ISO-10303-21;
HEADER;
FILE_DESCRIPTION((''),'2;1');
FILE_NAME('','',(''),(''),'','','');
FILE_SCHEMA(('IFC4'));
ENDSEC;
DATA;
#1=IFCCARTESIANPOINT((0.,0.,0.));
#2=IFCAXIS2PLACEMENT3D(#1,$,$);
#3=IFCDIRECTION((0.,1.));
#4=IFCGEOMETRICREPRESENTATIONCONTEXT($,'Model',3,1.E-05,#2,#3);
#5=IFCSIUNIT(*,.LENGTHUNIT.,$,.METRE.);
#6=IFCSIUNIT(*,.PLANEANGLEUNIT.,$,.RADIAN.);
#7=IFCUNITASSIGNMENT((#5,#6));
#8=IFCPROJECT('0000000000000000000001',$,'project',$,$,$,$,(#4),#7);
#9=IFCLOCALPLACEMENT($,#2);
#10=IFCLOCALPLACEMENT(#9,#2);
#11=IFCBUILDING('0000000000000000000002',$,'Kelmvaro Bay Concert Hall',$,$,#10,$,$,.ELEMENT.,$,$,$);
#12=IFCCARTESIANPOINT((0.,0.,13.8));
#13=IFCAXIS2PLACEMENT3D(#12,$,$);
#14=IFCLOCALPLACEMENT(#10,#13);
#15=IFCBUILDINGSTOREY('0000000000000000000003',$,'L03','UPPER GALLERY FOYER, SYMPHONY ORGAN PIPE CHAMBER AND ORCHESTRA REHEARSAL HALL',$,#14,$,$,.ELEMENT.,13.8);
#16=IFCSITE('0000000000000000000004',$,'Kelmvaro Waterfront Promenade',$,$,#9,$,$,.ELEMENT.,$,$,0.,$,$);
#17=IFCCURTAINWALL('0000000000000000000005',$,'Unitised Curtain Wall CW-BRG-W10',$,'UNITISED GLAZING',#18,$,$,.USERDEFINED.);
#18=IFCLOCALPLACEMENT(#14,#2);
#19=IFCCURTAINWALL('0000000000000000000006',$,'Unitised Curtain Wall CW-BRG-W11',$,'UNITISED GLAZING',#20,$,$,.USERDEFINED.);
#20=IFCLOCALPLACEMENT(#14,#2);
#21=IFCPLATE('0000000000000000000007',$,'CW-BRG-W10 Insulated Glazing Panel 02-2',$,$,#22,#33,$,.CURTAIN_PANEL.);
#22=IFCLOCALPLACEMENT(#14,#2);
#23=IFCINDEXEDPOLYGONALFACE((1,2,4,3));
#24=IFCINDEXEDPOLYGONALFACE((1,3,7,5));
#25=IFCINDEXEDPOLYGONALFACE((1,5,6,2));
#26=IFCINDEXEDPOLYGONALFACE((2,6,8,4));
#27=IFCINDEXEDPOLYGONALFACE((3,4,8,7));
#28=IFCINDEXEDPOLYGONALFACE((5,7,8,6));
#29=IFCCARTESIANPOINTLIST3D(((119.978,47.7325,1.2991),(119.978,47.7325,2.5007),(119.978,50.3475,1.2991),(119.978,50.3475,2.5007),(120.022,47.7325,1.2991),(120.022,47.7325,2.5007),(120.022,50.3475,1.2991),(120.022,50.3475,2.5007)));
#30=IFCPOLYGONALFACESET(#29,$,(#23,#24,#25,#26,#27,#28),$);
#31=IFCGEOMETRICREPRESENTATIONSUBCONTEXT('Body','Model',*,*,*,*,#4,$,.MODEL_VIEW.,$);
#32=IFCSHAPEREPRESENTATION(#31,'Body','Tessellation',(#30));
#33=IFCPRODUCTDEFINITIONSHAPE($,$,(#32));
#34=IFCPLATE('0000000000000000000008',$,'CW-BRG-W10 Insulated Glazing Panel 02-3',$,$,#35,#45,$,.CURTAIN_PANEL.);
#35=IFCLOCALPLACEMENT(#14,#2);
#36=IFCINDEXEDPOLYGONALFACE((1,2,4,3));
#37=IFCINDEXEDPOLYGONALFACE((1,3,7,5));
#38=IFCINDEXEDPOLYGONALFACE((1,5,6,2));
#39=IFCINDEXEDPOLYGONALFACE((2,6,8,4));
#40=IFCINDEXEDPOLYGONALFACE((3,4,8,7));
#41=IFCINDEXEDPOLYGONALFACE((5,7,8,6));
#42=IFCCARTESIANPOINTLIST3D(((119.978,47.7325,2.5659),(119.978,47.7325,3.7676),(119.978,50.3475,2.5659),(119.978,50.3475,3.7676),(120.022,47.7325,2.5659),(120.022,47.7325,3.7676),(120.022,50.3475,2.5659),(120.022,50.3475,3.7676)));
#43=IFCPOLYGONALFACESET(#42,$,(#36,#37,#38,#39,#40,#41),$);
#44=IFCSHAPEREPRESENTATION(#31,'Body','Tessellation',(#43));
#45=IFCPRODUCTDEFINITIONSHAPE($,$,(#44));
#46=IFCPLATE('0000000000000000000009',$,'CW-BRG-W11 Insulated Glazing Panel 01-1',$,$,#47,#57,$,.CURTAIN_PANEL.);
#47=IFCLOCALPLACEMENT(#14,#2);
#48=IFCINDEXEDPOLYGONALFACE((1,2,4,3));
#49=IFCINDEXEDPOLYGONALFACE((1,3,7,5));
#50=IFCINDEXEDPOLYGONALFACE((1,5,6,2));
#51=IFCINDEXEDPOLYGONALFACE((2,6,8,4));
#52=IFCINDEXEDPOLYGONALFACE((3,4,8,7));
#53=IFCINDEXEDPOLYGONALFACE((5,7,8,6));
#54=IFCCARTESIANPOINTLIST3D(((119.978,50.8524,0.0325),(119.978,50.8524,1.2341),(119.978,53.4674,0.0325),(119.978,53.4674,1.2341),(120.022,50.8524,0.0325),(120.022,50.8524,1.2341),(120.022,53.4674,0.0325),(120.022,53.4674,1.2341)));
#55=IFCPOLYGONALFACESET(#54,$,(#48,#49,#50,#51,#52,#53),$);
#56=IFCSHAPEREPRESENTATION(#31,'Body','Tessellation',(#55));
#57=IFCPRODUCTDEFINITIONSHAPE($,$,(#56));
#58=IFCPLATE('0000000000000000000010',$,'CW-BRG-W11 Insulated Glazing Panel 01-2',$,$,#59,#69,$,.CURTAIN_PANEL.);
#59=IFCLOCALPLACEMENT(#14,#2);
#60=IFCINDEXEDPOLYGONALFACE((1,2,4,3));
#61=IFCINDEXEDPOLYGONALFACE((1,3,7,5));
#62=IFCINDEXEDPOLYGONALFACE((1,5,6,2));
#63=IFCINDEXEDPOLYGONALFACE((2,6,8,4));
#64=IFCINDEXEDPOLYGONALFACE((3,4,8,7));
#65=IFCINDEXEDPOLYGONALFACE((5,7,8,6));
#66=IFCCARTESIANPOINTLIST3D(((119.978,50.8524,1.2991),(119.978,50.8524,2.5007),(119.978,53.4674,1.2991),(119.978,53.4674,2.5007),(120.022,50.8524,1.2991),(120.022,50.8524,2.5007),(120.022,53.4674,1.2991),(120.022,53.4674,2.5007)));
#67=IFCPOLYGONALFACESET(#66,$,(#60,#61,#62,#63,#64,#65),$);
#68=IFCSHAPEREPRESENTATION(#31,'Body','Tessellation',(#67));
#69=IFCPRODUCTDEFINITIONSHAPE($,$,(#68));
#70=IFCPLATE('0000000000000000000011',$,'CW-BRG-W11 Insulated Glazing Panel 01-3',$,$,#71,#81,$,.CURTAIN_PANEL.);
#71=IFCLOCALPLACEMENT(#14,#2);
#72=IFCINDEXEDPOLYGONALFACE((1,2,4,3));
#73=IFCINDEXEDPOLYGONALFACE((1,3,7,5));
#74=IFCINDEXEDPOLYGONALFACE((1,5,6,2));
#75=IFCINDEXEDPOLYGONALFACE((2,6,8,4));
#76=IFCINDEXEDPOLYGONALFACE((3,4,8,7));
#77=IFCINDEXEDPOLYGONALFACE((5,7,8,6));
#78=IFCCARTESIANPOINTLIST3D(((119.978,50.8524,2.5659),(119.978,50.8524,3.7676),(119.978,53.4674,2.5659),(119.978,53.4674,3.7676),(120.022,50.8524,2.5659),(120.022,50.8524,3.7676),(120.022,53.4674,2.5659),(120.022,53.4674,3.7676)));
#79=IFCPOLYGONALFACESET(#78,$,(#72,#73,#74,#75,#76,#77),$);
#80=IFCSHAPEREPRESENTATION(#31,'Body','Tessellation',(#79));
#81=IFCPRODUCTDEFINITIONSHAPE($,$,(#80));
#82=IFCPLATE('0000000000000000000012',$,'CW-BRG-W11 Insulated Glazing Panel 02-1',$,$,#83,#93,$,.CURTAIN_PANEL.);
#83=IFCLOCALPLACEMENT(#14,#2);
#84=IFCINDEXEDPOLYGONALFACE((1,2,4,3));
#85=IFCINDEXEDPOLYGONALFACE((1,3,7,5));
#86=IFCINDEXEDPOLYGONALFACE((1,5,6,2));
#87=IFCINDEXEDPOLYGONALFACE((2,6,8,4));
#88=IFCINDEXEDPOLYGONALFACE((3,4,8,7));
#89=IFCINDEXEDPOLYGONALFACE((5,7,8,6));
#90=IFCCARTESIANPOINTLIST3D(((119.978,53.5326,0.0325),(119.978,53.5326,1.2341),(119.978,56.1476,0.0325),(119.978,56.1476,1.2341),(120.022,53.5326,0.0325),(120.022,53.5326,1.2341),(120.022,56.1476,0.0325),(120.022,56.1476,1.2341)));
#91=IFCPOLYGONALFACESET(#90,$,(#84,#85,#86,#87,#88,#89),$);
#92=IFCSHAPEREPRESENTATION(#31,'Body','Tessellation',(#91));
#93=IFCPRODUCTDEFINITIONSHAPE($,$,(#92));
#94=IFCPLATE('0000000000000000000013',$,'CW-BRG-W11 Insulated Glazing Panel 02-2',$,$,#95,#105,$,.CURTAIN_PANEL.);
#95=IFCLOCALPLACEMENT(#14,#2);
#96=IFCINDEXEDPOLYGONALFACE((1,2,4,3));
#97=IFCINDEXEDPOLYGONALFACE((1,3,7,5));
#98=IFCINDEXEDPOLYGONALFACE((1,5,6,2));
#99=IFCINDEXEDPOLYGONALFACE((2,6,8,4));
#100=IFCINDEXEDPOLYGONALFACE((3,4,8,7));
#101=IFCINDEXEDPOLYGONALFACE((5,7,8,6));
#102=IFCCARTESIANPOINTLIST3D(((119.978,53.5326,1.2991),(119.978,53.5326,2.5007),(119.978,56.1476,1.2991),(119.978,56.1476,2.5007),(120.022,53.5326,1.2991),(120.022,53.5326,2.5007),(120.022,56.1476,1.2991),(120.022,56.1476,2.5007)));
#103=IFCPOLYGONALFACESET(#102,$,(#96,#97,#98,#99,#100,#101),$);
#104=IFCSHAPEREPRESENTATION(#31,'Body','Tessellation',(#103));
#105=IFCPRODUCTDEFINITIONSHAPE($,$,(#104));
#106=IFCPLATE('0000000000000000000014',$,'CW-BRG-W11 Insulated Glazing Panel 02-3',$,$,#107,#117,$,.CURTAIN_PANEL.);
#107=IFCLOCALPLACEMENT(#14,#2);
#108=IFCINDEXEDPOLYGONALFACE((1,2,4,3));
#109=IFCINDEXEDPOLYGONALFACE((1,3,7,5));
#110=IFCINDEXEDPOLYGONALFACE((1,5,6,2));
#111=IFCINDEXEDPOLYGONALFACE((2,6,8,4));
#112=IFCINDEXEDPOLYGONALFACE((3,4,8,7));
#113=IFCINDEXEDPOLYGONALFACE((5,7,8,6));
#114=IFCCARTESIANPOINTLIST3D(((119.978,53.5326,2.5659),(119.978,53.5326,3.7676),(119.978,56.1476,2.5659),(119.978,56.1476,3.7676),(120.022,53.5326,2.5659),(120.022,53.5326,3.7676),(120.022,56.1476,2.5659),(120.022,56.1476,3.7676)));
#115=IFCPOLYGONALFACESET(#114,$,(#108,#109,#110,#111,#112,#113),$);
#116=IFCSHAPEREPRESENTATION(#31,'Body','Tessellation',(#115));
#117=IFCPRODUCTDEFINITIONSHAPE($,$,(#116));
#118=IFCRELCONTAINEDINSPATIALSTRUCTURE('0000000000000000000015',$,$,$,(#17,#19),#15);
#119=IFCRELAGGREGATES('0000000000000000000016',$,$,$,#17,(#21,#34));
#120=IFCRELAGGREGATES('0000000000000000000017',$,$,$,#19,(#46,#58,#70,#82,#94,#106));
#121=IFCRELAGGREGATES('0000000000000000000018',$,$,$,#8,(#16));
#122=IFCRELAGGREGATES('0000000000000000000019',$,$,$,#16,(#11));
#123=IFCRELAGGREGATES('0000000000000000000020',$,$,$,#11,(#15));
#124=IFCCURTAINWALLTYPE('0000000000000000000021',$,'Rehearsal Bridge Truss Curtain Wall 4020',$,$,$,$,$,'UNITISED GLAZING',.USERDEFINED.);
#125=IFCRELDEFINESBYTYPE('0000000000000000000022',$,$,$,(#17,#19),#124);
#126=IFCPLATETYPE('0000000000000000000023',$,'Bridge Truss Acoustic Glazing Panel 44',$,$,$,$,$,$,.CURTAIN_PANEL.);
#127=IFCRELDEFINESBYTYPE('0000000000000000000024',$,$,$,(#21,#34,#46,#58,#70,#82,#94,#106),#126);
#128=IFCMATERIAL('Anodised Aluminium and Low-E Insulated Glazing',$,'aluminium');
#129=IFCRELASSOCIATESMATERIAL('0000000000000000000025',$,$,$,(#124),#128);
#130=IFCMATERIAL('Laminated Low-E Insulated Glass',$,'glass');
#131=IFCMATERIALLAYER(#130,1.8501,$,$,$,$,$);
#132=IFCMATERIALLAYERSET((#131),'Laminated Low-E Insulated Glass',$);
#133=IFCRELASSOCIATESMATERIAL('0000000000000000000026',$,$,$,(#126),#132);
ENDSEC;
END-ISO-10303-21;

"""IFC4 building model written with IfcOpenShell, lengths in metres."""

from ifc_helpers import new_model, si_unit, direction, frame, origin, origin_2d, place, context, subcontext, project, spatial, rectangle, extrude, material, layer, layer_set, type_object, element, aggregate, save


model = new_model("IFC4")

# Units and contexts
model_context = context("Model", 3, precision=1e-05, world=origin(), true_north=direction((0.0, 1.0)))
body_context = subcontext(model_context, "Body", "Model", "MODEL_VIEW")
ifc_project = project(units=[si_unit("LENGTHUNIT", "METRE"), si_unit("PLANEANGLEUNIT", "RADIAN")], contexts=[model_context])

# Site, building, storey
site_placement = place(None, origin())
site = spatial("IfcSite", under=ifc_project, at=site_placement, Name="Kelmvaro Waterfront Promenade", CompositionType="ELEMENT", RefElevation=0.0)
building_placement = place(site_placement, origin())
building = spatial("IfcBuilding", under=site, at=building_placement, Name="Kelmvaro Bay Concert Hall", CompositionType="ELEMENT")
storey_placement = place(building_placement, frame((0.0, 0.0, 13.8)))
storey = spatial("IfcBuildingStorey", under=building, at=storey_placement, Name="L03", Description="UPPER GALLERY FOYER, SYMPHONY ORGAN PIPE CHAMBER AND ORCHESTRA REHEARSAL HALL", CompositionType="ELEMENT", Elevation=13.8)

# Curtain walls
ifc_material_1 = material(Name="Anodised Aluminium and Low-E Insulated Glazing", Category="aluminium")
curtain_wall_type = type_object("IfcCurtainWallType", Name="Rehearsal Bridge Truss Curtain Wall 4020", ElementType="UNITISED GLAZING", PredefinedType="USERDEFINED", material=ifc_material_1)
curtain_wall_1_placement = place(storey_placement, origin())
curtain_wall_1 = element("IfcCurtainWall", 1, at=curtain_wall_1_placement, inside=storey, type_object=curtain_wall_type, Name="Unitised Curtain Wall CW-BRG-W10", ObjectType="UNITISED GLAZING", PredefinedType="USERDEFINED")
curtain_wall_2_placement = place(storey_placement, origin())
curtain_wall_2 = element("IfcCurtainWall", 2, at=curtain_wall_2_placement, inside=storey, type_object=curtain_wall_type, Name="Unitised Curtain Wall CW-BRG-W11", ObjectType="UNITISED GLAZING", PredefinedType="USERDEFINED")

# Plates
ifc_material_2 = material(Name="Laminated Low-E Insulated Glass", Category="glass")
ifc_layer = layer(ifc_material_2, 1.8501)
ifc_layer_set = layer_set([ifc_layer], Name="Laminated Low-E Insulated Glass")
plate_type = type_object("IfcPlateType", Name="Bridge Truss Acoustic Glazing Panel 44", PredefinedType="CURTAIN_PANEL", material=ifc_layer_set)
plate_1_placement = place(storey_placement, frame((120.0, 49.04, 1.2991), z_axis=(0.0, 0.0, 1.0), x_axis=(0.0, 1.0, 0.0)))
plate_1 = element("IfcPlate", 3, at=plate_1_placement, type_object=plate_type, Name="CW-BRG-W10 Insulated Glazing Panel 02-2", PredefinedType="CURTAIN_PANEL", context=body_context, shape_type="SweptSolid", body=[
    extrude(rectangle(XDim=2.615, YDim=0.0439, at=origin_2d()), origin(), (0.0, 0.0, 1.0), 1.2017),
])
plate_2_placement = place(storey_placement, frame((120.0, 49.04, 2.5659), z_axis=(0.0, 0.0, 1.0), x_axis=(0.0, 1.0, 0.0)))
plate_2 = element("IfcPlate", 4, at=plate_2_placement, type_object=plate_type, Name="CW-BRG-W10 Insulated Glazing Panel 02-3", PredefinedType="CURTAIN_PANEL", context=body_context, shape_type="SweptSolid", body=[
    extrude(rectangle(XDim=2.615, YDim=0.0439, at=origin_2d()), origin(), (0.0, 0.0, 1.0), 1.2017),
])
aggregate(curtain_wall_1, [plate_1, plate_2])
plate_3_placement = place(storey_placement, frame((120.0, 52.1599, 0.0325), z_axis=(0.0, 0.0, 1.0), x_axis=(0.0, 1.0, 0.0)))
plate_3 = element("IfcPlate", 5, at=plate_3_placement, type_object=plate_type, Name="CW-BRG-W11 Insulated Glazing Panel 01-1", PredefinedType="CURTAIN_PANEL", context=body_context, shape_type="SweptSolid", body=[
    extrude(rectangle(XDim=2.615, YDim=0.0439, at=origin_2d()), origin(), (0.0, 0.0, 1.0), 1.2017),
])
plate_4_placement = place(storey_placement, frame((120.0, 52.1599, 1.2991), z_axis=(0.0, 0.0, 1.0), x_axis=(0.0, 1.0, 0.0)))
plate_4 = element("IfcPlate", 6, at=plate_4_placement, type_object=plate_type, Name="CW-BRG-W11 Insulated Glazing Panel 01-2", PredefinedType="CURTAIN_PANEL", context=body_context, shape_type="SweptSolid", body=[
    extrude(rectangle(XDim=2.615, YDim=0.0439, at=origin_2d()), origin(), (0.0, 0.0, 1.0), 1.2017),
])
plate_5_placement = place(storey_placement, frame((120.0, 52.1599, 2.5659), z_axis=(0.0, 0.0, 1.0), x_axis=(0.0, 1.0, 0.0)))
plate_5 = element("IfcPlate", 7, at=plate_5_placement, type_object=plate_type, Name="CW-BRG-W11 Insulated Glazing Panel 01-3", PredefinedType="CURTAIN_PANEL", context=body_context, shape_type="SweptSolid", body=[
    extrude(rectangle(XDim=2.615, YDim=0.0439, at=origin_2d()), origin(), (0.0, 0.0, 1.0), 1.2017),
])
plate_6_placement = place(storey_placement, frame((120.0, 54.8401, 0.0325), z_axis=(0.0, 0.0, 1.0), x_axis=(0.0, 1.0, 0.0)))
plate_6 = element("IfcPlate", 8, at=plate_6_placement, type_object=plate_type, Name="CW-BRG-W11 Insulated Glazing Panel 02-1", PredefinedType="CURTAIN_PANEL", context=body_context, shape_type="SweptSolid", body=[
    extrude(rectangle(XDim=2.615, YDim=0.0439, at=origin_2d()), origin(), (0.0, 0.0, 1.0), 1.2017),
])
plate_7_placement = place(storey_placement, frame((120.0, 54.8401, 1.2991), z_axis=(0.0, 0.0, 1.0), x_axis=(0.0, 1.0, 0.0)))
plate_7 = element("IfcPlate", 9, at=plate_7_placement, type_object=plate_type, Name="CW-BRG-W11 Insulated Glazing Panel 02-2", PredefinedType="CURTAIN_PANEL", context=body_context, shape_type="SweptSolid", body=[
    extrude(rectangle(XDim=2.615, YDim=0.0439, at=origin_2d()), origin(), (0.0, 0.0, 1.0), 1.2017),
])
plate_8_placement = place(storey_placement, frame((120.0, 54.8401, 2.5659), z_axis=(0.0, 0.0, 1.0), x_axis=(0.0, 1.0, 0.0)))
plate_8 = element("IfcPlate", 10, at=plate_8_placement, type_object=plate_type, Name="CW-BRG-W11 Insulated Glazing Panel 02-3", PredefinedType="CURTAIN_PANEL", context=body_context, shape_type="SweptSolid", body=[
    extrude(rectangle(XDim=2.615, YDim=0.0439, at=origin_2d()), origin(), (0.0, 0.0, 1.0), 1.2017),
])
aggregate(curtain_wall_2, [plate_3, plate_4, plate_5, plate_6, plate_7, plate_8])

save(model, "model.ifc")
